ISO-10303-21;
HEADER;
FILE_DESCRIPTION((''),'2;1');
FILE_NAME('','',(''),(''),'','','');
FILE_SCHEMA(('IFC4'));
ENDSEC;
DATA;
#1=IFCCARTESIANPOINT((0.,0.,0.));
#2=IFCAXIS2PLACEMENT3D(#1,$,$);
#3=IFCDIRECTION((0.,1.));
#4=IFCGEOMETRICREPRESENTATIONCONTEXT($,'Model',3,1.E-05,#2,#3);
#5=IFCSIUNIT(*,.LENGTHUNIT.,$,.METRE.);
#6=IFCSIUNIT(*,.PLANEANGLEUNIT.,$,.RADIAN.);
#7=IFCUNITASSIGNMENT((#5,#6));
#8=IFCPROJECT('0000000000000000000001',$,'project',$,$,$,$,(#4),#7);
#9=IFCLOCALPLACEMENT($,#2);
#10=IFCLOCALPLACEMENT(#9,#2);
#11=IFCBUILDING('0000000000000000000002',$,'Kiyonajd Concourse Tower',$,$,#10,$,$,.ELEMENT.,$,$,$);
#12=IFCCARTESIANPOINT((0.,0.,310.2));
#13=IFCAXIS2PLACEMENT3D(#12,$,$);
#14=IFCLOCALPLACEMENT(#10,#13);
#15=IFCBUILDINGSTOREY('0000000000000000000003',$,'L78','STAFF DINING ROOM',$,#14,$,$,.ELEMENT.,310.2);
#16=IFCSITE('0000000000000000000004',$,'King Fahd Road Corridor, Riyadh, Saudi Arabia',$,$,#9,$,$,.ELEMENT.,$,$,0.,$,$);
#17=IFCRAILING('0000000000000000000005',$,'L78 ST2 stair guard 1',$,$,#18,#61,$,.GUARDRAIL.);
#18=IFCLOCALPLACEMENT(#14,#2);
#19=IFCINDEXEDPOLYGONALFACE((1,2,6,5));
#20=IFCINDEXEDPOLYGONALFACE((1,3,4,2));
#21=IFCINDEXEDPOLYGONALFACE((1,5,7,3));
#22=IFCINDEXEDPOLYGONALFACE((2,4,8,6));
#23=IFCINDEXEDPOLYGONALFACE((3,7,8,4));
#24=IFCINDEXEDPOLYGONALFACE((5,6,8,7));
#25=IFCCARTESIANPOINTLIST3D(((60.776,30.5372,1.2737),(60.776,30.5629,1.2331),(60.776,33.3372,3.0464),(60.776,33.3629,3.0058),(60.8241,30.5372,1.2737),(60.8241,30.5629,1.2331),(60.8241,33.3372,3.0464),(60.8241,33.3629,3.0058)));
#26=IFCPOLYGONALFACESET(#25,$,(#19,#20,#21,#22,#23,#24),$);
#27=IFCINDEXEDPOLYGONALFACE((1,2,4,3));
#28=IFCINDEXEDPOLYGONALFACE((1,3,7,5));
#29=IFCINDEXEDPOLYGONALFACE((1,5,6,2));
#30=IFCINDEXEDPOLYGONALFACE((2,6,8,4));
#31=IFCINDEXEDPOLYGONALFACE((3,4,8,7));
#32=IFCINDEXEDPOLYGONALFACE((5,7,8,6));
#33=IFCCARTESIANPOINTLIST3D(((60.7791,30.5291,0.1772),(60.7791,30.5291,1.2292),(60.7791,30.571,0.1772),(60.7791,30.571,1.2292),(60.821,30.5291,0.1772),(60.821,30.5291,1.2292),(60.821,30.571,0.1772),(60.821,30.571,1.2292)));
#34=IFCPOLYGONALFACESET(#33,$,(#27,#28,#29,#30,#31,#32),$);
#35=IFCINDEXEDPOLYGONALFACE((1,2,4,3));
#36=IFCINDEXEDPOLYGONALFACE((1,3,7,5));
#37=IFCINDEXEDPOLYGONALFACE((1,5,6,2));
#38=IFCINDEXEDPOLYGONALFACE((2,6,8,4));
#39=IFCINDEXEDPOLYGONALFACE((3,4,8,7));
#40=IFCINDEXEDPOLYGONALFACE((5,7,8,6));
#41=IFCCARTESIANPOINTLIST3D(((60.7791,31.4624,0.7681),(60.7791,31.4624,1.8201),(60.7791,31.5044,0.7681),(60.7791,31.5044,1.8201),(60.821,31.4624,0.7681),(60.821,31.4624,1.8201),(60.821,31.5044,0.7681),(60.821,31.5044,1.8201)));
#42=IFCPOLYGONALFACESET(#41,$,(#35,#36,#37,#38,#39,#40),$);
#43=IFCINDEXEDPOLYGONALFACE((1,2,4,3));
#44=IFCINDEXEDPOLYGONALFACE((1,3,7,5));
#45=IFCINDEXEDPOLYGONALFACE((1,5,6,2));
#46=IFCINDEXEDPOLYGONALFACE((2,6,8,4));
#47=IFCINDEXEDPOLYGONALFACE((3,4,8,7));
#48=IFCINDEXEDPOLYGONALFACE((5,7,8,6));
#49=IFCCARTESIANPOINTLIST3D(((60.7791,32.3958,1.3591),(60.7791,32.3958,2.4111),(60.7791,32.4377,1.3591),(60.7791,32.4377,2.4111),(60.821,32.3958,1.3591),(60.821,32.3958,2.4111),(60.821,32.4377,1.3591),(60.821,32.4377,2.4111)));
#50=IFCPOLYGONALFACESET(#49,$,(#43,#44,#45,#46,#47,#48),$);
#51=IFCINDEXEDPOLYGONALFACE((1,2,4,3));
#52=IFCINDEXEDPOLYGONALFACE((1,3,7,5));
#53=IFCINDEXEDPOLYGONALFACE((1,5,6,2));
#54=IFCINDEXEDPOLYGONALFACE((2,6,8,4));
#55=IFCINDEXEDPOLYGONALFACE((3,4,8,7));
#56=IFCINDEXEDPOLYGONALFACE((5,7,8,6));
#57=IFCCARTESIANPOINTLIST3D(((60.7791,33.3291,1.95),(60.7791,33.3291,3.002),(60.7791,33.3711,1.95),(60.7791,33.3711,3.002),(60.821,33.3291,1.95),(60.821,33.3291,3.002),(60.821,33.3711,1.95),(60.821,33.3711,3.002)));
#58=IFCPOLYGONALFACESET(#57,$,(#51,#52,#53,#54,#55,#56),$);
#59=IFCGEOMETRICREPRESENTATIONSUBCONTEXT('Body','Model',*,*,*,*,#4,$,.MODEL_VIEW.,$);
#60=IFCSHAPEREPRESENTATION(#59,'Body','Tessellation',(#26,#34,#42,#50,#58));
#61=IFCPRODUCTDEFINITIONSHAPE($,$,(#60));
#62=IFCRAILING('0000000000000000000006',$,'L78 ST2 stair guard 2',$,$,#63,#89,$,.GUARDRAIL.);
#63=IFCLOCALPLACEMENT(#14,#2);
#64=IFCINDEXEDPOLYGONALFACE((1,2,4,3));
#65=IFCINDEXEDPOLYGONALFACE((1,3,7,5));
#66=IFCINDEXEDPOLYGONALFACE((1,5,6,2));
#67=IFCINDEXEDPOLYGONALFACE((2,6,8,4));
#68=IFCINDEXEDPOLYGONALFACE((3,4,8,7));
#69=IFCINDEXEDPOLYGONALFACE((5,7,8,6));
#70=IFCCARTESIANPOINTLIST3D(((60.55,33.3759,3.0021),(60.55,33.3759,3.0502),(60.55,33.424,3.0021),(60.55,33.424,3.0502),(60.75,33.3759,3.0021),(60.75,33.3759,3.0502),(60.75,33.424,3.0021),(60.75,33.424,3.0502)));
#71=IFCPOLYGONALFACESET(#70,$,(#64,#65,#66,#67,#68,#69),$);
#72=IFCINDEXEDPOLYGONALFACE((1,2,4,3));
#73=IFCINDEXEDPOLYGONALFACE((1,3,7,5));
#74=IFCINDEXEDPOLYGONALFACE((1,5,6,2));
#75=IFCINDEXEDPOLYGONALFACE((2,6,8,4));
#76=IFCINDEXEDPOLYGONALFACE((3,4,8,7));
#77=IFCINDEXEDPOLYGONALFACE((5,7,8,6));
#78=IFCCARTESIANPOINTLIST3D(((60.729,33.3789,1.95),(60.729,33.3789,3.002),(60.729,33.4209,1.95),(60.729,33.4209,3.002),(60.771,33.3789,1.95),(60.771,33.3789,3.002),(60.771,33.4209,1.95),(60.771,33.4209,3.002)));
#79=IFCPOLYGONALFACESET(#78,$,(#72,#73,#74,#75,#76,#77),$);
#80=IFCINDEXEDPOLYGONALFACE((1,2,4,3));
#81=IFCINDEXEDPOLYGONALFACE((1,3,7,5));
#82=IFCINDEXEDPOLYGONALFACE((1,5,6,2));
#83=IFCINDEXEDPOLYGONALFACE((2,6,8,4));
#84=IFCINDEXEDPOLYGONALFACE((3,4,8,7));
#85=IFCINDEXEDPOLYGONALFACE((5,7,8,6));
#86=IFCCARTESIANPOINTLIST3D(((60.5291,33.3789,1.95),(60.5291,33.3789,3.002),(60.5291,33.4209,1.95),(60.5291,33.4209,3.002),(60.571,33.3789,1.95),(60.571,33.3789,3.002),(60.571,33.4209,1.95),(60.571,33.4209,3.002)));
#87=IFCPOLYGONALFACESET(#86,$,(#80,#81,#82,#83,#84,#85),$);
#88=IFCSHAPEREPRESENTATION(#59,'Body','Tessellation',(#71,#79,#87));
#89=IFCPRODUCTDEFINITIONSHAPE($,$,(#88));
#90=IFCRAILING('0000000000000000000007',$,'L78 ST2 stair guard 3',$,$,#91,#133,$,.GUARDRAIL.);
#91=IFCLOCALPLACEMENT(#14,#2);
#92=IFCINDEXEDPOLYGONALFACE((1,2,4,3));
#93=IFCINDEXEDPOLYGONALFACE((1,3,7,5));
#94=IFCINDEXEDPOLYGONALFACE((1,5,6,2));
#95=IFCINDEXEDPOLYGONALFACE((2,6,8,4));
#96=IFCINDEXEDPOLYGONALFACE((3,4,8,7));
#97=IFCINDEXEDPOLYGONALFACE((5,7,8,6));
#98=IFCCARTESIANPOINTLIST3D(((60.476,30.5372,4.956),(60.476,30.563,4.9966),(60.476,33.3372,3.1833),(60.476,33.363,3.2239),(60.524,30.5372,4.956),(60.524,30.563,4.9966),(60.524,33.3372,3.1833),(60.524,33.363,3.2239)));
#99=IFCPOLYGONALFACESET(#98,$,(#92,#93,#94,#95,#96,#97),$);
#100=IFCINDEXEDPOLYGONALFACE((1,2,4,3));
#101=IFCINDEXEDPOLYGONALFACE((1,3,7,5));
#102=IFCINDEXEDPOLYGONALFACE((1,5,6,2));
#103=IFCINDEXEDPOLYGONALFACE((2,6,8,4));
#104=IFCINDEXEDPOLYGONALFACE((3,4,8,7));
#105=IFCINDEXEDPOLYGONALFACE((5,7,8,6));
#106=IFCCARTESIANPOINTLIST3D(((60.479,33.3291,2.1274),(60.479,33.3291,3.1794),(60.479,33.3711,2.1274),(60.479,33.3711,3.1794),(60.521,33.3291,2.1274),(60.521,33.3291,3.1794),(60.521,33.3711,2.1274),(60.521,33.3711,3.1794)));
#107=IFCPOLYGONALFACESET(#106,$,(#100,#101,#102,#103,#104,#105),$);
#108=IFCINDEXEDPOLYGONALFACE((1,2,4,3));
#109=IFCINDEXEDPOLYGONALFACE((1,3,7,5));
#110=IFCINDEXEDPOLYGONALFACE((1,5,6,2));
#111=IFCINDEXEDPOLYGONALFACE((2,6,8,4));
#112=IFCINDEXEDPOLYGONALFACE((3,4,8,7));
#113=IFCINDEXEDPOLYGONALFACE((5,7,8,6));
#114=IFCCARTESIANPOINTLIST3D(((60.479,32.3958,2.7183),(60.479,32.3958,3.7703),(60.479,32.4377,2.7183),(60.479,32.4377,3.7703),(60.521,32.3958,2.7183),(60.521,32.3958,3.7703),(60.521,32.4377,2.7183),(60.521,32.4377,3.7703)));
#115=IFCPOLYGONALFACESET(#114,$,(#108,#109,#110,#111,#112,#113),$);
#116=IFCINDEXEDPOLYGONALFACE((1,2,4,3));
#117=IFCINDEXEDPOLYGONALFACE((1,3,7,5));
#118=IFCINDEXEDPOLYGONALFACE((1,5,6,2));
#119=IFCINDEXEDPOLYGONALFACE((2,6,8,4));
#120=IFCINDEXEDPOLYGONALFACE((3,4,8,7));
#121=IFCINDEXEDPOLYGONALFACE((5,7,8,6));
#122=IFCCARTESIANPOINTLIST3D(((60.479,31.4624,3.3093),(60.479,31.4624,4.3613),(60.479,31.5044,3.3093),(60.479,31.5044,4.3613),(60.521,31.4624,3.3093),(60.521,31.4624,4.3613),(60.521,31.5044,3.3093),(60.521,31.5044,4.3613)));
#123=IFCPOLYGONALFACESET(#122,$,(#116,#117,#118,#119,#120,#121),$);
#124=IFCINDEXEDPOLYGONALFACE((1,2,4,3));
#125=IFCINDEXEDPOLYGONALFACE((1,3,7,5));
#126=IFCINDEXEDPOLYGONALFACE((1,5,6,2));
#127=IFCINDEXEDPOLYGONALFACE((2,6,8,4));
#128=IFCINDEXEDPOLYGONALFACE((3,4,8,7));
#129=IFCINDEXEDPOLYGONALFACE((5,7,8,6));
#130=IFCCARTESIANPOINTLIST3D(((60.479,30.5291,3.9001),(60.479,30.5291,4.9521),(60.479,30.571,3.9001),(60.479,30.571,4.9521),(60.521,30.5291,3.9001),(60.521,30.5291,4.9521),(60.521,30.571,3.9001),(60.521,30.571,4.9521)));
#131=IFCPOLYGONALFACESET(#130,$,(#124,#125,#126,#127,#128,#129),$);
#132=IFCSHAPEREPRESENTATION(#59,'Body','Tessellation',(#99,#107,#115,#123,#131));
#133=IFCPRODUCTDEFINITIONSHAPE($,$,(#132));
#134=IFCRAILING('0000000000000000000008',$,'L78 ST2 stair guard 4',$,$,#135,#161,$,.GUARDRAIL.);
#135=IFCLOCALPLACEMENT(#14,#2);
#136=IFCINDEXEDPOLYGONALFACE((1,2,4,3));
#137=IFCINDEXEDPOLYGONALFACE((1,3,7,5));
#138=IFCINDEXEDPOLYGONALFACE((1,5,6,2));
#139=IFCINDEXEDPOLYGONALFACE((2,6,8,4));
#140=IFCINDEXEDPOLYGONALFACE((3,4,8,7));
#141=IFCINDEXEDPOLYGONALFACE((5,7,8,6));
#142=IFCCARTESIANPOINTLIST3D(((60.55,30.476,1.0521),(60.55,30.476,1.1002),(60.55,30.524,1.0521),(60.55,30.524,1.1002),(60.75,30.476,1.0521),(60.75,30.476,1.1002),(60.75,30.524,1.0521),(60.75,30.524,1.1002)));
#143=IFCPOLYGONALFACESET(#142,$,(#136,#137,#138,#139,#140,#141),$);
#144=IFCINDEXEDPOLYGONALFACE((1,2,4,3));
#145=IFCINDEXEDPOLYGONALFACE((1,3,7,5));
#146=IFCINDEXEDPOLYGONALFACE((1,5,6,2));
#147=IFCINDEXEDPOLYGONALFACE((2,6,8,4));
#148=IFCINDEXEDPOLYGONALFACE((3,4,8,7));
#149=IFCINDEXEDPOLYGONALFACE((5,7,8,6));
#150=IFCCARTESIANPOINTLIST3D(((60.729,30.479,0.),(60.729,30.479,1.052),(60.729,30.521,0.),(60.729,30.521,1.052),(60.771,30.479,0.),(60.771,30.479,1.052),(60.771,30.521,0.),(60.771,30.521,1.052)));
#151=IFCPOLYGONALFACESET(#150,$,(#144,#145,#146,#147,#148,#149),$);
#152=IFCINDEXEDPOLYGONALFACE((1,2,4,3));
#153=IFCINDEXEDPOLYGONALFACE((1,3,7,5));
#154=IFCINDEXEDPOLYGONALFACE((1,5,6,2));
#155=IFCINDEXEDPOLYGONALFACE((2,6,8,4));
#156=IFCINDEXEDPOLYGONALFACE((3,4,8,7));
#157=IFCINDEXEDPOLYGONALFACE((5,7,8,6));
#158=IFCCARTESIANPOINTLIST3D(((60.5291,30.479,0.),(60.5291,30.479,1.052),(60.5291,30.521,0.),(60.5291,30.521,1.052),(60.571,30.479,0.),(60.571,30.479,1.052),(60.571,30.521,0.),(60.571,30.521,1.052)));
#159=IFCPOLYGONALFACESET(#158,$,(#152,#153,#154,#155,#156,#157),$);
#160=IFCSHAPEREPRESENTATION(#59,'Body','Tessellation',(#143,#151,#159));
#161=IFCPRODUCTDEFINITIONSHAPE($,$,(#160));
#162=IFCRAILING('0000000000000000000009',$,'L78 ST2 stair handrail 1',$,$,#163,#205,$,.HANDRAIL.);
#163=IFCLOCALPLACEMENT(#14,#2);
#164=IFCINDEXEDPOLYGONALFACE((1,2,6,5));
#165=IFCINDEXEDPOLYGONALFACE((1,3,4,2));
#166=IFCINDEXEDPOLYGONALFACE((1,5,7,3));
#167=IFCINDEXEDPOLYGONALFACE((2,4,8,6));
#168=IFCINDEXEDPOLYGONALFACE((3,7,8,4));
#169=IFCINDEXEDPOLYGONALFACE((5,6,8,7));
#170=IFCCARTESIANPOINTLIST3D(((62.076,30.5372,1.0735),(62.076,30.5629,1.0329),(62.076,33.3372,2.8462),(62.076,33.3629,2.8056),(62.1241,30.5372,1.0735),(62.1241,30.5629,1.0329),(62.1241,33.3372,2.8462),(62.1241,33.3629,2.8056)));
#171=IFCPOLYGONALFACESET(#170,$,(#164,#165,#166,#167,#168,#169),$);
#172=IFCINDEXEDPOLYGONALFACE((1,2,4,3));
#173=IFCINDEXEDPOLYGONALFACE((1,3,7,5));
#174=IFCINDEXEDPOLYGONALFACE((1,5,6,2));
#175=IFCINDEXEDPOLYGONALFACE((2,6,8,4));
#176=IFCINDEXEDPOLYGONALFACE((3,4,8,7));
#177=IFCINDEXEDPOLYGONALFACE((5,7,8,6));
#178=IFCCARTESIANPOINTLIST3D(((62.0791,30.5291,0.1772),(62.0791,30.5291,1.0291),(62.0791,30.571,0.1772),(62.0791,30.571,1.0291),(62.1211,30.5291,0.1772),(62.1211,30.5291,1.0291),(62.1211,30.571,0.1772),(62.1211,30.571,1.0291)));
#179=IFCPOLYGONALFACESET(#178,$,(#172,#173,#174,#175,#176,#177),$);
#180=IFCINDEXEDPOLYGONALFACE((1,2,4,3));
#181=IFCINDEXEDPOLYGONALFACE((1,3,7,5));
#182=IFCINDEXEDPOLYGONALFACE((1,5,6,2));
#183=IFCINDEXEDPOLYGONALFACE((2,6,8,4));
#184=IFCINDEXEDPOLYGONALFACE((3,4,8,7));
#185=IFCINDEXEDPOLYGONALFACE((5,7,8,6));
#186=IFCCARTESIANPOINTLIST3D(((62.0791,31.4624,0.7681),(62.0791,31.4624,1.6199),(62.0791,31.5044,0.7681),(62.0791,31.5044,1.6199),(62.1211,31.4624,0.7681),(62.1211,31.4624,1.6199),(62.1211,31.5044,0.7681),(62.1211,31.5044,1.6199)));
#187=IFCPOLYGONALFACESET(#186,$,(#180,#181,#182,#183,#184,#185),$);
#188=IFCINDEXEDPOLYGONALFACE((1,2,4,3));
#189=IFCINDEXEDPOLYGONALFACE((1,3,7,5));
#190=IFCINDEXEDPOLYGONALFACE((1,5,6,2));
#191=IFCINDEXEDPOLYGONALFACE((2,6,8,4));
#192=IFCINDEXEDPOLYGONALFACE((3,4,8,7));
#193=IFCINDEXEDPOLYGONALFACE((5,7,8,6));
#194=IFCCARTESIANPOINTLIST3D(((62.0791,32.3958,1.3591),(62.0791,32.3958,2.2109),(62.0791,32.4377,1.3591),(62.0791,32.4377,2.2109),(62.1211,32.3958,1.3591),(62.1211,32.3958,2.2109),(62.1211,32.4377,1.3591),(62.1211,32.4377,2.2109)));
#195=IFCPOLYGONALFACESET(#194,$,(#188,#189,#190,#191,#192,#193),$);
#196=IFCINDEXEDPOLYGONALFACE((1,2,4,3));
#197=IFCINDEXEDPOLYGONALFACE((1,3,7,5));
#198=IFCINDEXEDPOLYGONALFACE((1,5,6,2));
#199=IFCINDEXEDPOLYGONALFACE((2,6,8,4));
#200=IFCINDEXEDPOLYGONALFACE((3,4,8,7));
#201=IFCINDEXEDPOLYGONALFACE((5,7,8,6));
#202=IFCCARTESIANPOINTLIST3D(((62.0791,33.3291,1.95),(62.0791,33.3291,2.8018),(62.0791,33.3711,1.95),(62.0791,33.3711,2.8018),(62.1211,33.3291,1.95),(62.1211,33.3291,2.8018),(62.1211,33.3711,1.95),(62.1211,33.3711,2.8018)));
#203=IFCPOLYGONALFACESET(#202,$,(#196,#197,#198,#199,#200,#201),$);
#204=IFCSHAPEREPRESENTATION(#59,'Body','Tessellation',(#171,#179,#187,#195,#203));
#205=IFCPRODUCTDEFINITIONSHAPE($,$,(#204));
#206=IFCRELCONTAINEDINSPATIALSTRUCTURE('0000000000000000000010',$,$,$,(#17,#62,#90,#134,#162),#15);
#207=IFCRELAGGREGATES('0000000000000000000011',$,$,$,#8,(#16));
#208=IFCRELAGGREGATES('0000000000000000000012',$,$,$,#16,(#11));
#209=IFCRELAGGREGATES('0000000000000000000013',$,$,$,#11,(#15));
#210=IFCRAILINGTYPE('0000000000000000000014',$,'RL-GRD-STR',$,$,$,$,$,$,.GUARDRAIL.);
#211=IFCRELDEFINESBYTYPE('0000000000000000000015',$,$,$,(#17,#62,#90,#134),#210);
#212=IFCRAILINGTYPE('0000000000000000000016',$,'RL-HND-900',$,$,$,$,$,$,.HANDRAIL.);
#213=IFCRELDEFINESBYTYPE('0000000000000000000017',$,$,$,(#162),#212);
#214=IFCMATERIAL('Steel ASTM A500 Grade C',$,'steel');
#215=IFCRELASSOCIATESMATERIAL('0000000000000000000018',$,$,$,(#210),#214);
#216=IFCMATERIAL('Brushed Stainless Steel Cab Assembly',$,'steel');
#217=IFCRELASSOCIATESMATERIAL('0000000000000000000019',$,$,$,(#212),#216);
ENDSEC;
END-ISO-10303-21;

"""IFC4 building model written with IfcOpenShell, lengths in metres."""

from ifc_helpers import new_model, si_unit, direction, frame, origin, origin_2d, place, context, subcontext, project, spatial, rectangle, extrude, material, type_object, element, save


model = new_model("IFC4")

# Units and contexts
model_context = context("Model", 3, precision=1e-05, world=origin(), true_north=direction((0.0, 1.0)))
body_context = subcontext(model_context, "Body", "Model", "MODEL_VIEW")
ifc_project = project(units=[si_unit("LENGTHUNIT", "METRE"), si_unit("PLANEANGLEUNIT", "RADIAN")], contexts=[model_context])

# Site, building, storey
site_placement = place(None, origin())
site = spatial("IfcSite", under=ifc_project, at=site_placement, Name="King Fahd Road Corridor, Riyadh, Saudi Arabia", CompositionType="ELEMENT", RefElevation=0.0)
building_placement = place(site_placement, origin())
building = spatial("IfcBuilding", under=site, at=building_placement, Name="Kiyonajd Concourse Tower", CompositionType="ELEMENT")
storey_placement = place(building_placement, frame((0.0, 0.0, 310.2)))
storey = spatial("IfcBuildingStorey", under=building, at=storey_placement, Name="L78", Description="STAFF DINING ROOM", CompositionType="ELEMENT", Elevation=310.2)

# Railings
ifc_material_1 = material(Name="Steel ASTM A500 Grade C", Category="steel")
railing_type_1 = type_object("IfcRailingType", Name="RL-GRD-STR", PredefinedType="GUARDRAIL", material=ifc_material_1)
railing_1_placement = place(storey_placement, frame((60.8, 30.55, 0.1772)))
element("IfcRailing", 1, at=railing_1_placement, inside=storey, type_object=railing_type_1, Name="L78 ST2 stair guard 1", PredefinedType="GUARDRAIL", context=body_context, shape_type="SweptSolid", body=[
    extrude(rectangle(XDim=0.0481, YDim=0.0481, at=origin_2d()), frame((0.0, 0.0, 1.0762), z_axis=(0.0, 0.844909, 0.53491), x_axis=(-1.0, 0.0, 0.0)), (0.0, 0.0, 1.0), 3.314),
    extrude(rectangle(XDim=0.042, YDim=0.042, at=origin_2d()), origin(), (0.0, 0.0, 1.0), 1.052),
    extrude(rectangle(XDim=0.042, YDim=0.042, at=origin_2d()), frame((0.0, 0.9333, 0.5908)), (0.0, 0.0, 1.0), 1.052),
    extrude(rectangle(XDim=0.042, YDim=0.042, at=origin_2d()), frame((0.0, 1.8667, 1.1819)), (0.0, 0.0, 1.0), 1.052),
    extrude(rectangle(XDim=0.042, YDim=0.042, at=origin_2d()), frame((0.0, 2.8, 1.7727)), (0.0, 0.0, 1.0), 1.052),
])
railing_2_placement = place(storey_placement, frame((60.75, 33.3999, 1.95)))
element("IfcRailing", 2, at=railing_2_placement, inside=storey, type_object=railing_type_1, Name="L78 ST2 stair guard 2", PredefinedType="GUARDRAIL", context=body_context, shape_type="SweptSolid", body=[
    extrude(rectangle(XDim=0.0481, YDim=0.0481, at=origin_2d()), frame((0.0, 0.0, 1.0762), z_axis=(-1.0, 0.0, 0.0), x_axis=(0.0, -1.0, 0.0)), (0.0, 0.0, 1.0), 0.2),
    extrude(rectangle(XDim=0.042, YDim=0.042, at=origin_2d()), origin(), (0.0, 0.0, 1.0), 1.052),
    extrude(rectangle(XDim=0.042, YDim=0.042, at=origin_2d()), frame((-0.2, 0.0, 0.0)), (0.0, 0.0, 1.0), 1.052),
])
railing_3_placement = place(storey_placement, frame((60.5, 33.3501, 2.1274)))
element("IfcRailing", 3, at=railing_3_placement, inside=storey, type_object=railing_type_1, Name="L78 ST2 stair guard 3", PredefinedType="GUARDRAIL", context=body_context, shape_type="SweptSolid", body=[
    extrude(rectangle(XDim=0.0481, YDim=0.0481, at=origin_2d()), frame((0.0, 0.0, 1.0762), z_axis=(0.0, -0.844909, 0.53491), x_axis=(1.0, 0.0, 0.0)), (0.0, 0.0, 1.0), 3.314),
    extrude(rectangle(XDim=0.042, YDim=0.042, at=origin_2d()), origin(), (0.0, 0.0, 1.0), 1.052),
    extrude(rectangle(XDim=0.042, YDim=0.042, at=origin_2d()), frame((0.0, -0.9333, 0.5908)), (0.0, 0.0, 1.0), 1.052),
    extrude(rectangle(XDim=0.042, YDim=0.042, at=origin_2d()), frame((0.0, -1.8667, 1.1819)), (0.0, 0.0, 1.0), 1.052),
    extrude(rectangle(XDim=0.042, YDim=0.042, at=origin_2d()), frame((0.0, -2.8, 1.7727)), (0.0, 0.0, 1.0), 1.052),
])
railing_4_placement = place(storey_placement, frame((60.75, 30.5, 0.0)))
element("IfcRailing", 4, at=railing_4_placement, inside=storey, type_object=railing_type_1, Name="L78 ST2 stair guard 4", PredefinedType="GUARDRAIL", context=body_context, shape_type="SweptSolid", body=[
    extrude(rectangle(XDim=0.0481, YDim=0.0481, at=origin_2d()), frame((0.0, 0.0, 1.0762), z_axis=(-1.0, 0.0, 0.0), x_axis=(0.0, -1.0, 0.0)), (0.0, 0.0, 1.0), 0.2),
    extrude(rectangle(XDim=0.042, YDim=0.042, at=origin_2d()), origin(), (0.0, 0.0, 1.0), 1.052),
    extrude(rectangle(XDim=0.042, YDim=0.042, at=origin_2d()), frame((-0.2, 0.0, 0.0)), (0.0, 0.0, 1.0), 1.052),
])
ifc_material_2 = material(Name="Brushed Stainless Steel Cab Assembly", Category="steel")
railing_type_2 = type_object("IfcRailingType", Name="RL-HND-900", PredefinedType="HANDRAIL", material=ifc_material_2)
railing_5_placement = place(storey_placement, frame((62.1001, 30.55, 0.1772)))
element("IfcRailing", 5, at=railing_5_placement, inside=storey, type_object=railing_type_2, Name="L78 ST2 stair handrail 1", PredefinedType="HANDRAIL", context=body_context, shape_type="SweptSolid", body=[
    extrude(rectangle(XDim=0.0481, YDim=0.0481, at=origin_2d()), frame((0.0, 0.0, 0.876), z_axis=(0.0, 0.844909, 0.53491), x_axis=(-1.0, 0.0, 0.0)), (0.0, 0.0, 1.0), 3.314),
    extrude(rectangle(XDim=0.042, YDim=0.042, at=origin_2d()), origin(), (0.0, 0.0, 1.0), 0.8518),
    extrude(rectangle(XDim=0.042, YDim=0.042, at=origin_2d()), frame((0.0, 0.9333, 0.5908)), (0.0, 0.0, 1.0), 0.8518),
    extrude(rectangle(XDim=0.042, YDim=0.042, at=origin_2d()), frame((0.0, 1.8667, 1.1819)), (0.0, 0.0, 1.0), 0.8518),
    extrude(rectangle(XDim=0.042, YDim=0.042, at=origin_2d()), frame((0.0, 2.8, 1.7727)), (0.0, 0.0, 1.0), 0.8518),
])

save(model, "model.ifc")
